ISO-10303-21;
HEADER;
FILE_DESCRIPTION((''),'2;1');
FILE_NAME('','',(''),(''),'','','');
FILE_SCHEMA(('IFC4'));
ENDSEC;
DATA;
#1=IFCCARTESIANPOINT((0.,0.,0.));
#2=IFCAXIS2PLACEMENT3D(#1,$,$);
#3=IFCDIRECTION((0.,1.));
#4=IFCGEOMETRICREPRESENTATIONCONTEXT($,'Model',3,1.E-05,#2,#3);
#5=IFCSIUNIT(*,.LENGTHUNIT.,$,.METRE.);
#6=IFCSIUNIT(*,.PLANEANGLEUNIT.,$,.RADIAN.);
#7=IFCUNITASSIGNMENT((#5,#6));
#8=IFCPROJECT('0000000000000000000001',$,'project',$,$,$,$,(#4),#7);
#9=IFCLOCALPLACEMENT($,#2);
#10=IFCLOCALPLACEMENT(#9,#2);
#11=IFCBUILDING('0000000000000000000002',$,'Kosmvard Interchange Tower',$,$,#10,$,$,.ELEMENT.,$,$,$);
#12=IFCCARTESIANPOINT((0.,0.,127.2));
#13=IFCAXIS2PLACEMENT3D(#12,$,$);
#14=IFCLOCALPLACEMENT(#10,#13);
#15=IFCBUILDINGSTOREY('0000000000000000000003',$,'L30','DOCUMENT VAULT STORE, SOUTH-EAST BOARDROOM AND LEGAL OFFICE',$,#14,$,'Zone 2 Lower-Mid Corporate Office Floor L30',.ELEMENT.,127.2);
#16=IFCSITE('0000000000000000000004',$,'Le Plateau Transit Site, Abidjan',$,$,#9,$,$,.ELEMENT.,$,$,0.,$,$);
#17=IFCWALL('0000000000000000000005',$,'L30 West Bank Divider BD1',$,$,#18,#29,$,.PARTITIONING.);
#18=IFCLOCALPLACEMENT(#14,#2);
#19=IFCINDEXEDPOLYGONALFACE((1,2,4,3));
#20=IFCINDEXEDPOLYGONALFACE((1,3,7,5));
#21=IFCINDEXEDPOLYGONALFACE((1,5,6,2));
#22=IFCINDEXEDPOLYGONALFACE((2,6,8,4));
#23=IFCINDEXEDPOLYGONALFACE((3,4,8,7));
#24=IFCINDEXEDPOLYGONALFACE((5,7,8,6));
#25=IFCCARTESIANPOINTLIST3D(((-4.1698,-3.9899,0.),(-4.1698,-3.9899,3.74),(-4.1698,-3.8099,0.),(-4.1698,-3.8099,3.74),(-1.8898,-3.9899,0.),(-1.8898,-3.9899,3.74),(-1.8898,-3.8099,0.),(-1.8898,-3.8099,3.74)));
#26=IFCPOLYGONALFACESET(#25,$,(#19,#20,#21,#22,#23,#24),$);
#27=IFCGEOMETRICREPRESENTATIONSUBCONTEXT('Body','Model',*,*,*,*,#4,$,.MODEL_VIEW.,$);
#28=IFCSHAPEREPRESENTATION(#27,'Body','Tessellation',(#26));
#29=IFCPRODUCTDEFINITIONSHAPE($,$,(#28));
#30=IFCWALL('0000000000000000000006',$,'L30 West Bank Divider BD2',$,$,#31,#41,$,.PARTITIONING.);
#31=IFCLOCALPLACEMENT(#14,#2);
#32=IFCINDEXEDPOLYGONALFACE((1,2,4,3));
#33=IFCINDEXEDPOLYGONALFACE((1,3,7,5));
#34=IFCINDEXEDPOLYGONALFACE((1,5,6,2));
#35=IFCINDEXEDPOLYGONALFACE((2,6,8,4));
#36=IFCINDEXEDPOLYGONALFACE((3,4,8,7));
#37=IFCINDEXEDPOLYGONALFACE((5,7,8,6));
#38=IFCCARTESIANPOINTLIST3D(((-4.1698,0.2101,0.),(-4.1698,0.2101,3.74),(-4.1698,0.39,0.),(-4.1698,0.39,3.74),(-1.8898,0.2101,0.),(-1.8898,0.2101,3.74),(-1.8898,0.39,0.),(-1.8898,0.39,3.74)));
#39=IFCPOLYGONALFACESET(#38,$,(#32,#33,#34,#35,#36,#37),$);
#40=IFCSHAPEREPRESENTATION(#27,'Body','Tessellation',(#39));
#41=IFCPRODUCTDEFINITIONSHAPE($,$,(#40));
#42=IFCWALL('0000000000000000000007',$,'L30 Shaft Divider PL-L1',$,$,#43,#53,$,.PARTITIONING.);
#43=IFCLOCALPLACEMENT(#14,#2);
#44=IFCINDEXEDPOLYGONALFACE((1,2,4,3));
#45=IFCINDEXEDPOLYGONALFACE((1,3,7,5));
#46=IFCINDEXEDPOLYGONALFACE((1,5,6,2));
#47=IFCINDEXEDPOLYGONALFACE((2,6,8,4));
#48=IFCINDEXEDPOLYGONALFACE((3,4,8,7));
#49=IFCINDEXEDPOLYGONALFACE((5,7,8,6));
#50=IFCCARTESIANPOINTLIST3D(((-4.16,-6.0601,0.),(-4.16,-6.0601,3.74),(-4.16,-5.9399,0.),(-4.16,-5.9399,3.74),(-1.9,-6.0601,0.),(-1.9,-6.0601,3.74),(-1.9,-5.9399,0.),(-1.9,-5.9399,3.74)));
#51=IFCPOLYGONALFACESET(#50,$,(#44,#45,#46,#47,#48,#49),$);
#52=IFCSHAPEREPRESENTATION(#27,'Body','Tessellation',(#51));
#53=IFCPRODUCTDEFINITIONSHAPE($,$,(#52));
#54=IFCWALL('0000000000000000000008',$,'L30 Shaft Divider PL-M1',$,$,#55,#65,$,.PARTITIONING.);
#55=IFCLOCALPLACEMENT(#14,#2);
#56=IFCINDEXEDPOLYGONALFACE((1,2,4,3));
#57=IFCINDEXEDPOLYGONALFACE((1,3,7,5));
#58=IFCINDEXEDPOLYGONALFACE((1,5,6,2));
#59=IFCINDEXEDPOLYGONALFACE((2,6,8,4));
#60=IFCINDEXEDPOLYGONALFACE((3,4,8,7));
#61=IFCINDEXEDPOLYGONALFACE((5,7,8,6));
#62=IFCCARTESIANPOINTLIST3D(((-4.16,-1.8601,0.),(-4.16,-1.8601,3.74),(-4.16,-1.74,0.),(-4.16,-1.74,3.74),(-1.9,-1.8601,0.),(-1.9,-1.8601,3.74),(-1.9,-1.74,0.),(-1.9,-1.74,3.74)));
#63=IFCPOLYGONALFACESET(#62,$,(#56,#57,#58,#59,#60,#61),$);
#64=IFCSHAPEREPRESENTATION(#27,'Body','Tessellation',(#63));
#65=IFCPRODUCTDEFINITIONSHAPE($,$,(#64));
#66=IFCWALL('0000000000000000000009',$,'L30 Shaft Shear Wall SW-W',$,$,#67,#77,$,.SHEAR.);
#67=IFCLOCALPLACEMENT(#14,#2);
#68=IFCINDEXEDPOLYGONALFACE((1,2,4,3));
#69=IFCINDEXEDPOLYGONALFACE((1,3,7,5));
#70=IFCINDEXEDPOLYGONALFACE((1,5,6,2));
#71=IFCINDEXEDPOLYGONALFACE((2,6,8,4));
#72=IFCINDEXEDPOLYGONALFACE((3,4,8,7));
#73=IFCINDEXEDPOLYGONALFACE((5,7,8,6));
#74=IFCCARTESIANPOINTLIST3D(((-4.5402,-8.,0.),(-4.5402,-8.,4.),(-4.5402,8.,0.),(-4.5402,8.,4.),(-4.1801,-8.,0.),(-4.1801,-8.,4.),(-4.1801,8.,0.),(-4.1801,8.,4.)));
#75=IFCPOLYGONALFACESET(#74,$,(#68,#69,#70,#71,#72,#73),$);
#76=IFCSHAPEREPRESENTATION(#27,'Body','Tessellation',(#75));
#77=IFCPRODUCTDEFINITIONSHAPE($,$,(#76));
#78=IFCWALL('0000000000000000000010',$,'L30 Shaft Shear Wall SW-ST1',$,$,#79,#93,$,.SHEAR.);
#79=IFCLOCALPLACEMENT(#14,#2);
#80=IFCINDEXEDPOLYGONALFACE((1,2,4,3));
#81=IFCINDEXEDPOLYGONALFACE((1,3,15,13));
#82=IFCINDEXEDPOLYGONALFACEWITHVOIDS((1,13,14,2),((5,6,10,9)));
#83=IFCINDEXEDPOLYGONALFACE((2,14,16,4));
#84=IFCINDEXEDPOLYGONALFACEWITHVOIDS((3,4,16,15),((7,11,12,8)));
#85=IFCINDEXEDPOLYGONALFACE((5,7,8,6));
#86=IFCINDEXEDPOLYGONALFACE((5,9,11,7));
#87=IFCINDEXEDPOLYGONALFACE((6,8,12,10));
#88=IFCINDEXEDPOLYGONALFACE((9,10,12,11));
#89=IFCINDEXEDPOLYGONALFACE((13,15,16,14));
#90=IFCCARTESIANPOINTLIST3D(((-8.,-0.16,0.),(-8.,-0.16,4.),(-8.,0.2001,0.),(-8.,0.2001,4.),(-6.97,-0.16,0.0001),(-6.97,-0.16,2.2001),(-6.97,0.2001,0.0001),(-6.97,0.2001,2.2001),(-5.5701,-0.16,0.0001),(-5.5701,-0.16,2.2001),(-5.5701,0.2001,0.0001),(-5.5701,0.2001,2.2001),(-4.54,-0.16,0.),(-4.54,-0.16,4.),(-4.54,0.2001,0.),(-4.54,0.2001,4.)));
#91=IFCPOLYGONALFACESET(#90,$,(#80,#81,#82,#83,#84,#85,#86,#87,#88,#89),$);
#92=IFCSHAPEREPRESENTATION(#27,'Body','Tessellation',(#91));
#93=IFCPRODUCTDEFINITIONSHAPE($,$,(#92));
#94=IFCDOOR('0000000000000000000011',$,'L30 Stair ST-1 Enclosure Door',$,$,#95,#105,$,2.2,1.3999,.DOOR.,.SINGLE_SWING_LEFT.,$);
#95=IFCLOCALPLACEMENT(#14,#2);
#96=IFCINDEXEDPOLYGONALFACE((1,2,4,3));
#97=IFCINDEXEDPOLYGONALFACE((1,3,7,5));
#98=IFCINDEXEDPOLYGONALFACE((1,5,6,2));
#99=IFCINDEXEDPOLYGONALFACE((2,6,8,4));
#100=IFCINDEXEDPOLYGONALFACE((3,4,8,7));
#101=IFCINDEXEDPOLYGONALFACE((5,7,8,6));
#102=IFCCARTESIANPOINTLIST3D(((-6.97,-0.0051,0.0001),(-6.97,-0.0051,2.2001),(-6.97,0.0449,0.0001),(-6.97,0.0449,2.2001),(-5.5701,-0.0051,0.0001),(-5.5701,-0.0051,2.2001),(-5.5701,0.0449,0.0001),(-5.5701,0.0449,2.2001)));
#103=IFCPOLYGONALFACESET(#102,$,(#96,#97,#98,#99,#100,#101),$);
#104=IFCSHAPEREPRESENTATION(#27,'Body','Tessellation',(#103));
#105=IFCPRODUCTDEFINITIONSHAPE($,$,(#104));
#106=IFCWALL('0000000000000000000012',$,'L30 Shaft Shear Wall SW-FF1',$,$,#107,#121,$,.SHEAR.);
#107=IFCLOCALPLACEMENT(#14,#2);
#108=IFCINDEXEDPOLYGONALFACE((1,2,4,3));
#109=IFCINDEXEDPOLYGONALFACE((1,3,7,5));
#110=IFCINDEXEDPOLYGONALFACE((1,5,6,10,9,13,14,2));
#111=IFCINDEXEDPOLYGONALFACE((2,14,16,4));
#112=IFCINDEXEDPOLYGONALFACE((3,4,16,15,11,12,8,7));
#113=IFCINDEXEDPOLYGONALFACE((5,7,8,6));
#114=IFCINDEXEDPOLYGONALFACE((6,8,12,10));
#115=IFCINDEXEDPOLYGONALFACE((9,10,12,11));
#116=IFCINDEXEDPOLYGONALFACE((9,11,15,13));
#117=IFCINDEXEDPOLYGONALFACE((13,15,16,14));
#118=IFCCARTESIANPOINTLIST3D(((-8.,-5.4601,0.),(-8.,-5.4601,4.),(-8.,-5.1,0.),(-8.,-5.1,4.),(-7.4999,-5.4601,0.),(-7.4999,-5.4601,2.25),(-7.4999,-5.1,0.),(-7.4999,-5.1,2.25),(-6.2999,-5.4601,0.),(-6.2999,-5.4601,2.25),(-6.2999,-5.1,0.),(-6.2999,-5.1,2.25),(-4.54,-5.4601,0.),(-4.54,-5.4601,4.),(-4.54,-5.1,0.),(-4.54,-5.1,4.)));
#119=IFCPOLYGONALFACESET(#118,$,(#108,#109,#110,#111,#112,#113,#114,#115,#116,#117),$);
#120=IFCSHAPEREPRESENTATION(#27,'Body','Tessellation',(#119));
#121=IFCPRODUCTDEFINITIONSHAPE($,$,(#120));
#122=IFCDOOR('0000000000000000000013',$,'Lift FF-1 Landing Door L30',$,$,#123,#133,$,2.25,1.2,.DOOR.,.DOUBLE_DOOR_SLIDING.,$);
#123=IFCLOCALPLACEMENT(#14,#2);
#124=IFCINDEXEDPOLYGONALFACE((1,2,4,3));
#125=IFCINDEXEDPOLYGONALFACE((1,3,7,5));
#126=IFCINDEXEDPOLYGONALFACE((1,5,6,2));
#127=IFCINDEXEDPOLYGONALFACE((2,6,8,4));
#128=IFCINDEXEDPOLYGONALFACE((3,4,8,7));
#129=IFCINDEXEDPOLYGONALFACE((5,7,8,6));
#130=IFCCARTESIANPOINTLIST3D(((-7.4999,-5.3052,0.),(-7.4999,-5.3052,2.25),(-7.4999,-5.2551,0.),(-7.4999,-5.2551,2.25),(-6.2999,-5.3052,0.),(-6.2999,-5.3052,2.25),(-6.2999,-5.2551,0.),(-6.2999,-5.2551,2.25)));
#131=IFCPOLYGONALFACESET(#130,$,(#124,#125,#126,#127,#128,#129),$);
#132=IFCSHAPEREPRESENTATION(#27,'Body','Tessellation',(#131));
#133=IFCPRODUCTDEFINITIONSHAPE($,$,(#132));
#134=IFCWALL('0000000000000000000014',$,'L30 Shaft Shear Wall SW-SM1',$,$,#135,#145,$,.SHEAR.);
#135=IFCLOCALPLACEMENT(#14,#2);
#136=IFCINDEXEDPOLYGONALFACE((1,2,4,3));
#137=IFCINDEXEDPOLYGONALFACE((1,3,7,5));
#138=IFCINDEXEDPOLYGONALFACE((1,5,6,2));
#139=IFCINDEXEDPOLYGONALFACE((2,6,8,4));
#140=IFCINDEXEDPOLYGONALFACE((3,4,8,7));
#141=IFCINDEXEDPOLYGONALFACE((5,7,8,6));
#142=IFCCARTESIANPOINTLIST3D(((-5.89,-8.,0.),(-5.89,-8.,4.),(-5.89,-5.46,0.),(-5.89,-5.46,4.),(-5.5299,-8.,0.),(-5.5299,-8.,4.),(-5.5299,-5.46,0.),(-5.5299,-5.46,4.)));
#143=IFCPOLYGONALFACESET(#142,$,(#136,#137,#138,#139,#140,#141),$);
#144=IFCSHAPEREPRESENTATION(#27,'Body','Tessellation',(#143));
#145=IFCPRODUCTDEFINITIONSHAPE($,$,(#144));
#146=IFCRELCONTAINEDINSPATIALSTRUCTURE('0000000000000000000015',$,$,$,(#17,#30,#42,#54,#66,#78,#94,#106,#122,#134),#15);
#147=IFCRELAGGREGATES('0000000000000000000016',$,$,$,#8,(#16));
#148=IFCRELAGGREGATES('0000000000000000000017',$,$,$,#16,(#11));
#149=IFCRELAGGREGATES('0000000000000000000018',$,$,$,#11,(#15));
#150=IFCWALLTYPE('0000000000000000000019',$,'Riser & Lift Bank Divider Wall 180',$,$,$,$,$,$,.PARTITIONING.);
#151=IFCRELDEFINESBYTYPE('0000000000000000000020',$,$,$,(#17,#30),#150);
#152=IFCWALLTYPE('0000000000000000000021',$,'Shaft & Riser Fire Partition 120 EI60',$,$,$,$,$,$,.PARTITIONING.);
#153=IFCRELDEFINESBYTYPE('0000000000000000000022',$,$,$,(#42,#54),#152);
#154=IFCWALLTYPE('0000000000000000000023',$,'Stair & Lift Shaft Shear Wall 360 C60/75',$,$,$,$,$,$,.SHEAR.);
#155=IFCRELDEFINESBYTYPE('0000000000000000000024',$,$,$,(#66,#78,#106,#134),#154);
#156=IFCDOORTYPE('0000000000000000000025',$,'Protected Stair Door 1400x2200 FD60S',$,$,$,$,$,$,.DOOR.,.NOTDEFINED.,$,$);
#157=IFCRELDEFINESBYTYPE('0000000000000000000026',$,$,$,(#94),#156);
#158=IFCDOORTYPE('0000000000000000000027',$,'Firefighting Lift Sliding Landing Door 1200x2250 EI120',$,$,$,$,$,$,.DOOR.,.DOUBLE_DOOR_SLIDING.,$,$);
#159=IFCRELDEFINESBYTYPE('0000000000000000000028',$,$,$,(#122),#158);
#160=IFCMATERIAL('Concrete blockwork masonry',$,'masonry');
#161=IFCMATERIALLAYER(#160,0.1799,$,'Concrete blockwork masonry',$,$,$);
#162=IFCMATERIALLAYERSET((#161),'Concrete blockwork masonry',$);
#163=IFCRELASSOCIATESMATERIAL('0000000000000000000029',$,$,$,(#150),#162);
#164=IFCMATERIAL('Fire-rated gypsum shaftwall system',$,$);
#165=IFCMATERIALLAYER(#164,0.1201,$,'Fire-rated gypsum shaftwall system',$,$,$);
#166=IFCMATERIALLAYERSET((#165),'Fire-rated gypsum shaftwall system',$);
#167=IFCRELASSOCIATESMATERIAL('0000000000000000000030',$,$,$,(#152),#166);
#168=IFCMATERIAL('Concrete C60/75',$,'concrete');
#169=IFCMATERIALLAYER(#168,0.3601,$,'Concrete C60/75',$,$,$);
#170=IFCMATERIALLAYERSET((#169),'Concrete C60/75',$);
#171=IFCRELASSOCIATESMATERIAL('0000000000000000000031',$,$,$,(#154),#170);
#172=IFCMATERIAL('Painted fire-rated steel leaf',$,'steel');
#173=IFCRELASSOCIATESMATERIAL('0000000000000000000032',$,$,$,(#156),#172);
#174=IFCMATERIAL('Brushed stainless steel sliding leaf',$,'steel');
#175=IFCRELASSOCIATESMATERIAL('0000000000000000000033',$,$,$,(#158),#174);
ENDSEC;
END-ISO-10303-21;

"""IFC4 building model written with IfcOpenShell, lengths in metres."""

from ifc_helpers import new_model, si_unit, direction, frame, frame_2d, origin, place, context, subcontext, project, spatial, rectangle, extrude, source, transform, mapped, material, layer, layer_set, type_object, element, fill, save


model = new_model("IFC4")

# Units and contexts
model_context = context("Model", 3, precision=1e-05, world=origin(), true_north=direction((0.0, 1.0)))
body_context = subcontext(model_context, "Body", "Model", "MODEL_VIEW")
ifc_project = project(units=[si_unit("LENGTHUNIT", "METRE"), si_unit("PLANEANGLEUNIT", "RADIAN")], contexts=[model_context])

# Site, building, storey
site_placement = place(None, origin())
site = spatial("IfcSite", under=ifc_project, at=site_placement, Name="Le Plateau Transit Site, Abidjan", CompositionType="ELEMENT", RefElevation=0.0)
building_placement = place(site_placement, origin())
building = spatial("IfcBuilding", under=site, at=building_placement, Name="Kosmvard Interchange Tower", CompositionType="ELEMENT")
storey_placement = place(building_placement, frame((0.0, 0.0, 127.2)))
storey = spatial("IfcBuildingStorey", under=building, at=storey_placement, Name="L30", Description="DOCUMENT VAULT STORE, SOUTH-EAST BOARDROOM AND LEGAL OFFICE", LongName="Zone 2 Lower-Mid Corporate Office Floor L30", CompositionType="ELEMENT", Elevation=127.2)

# Shared definitions
ifc_material_1 = material(Name="Brushed stainless steel sliding leaf", Category="steel")

# Shared definitions
ifc_material_2 = material(Name="Painted fire-rated steel leaf", Category="steel")

# Walls
ifc_material_3 = material(Name="Concrete blockwork masonry", Category="masonry")
ifc_layer_1 = layer(ifc_material_3, 0.1799, Name="Concrete blockwork masonry")
ifc_layer_set_1 = layer_set([ifc_layer_1], Name="Concrete blockwork masonry")
wall_type_1 = type_object("IfcWallType", Name="Riser & Lift Bank Divider Wall 180", PredefinedType="PARTITIONING", material=ifc_layer_set_1)
for number, where, z_axis, x_axis, name in (
    (1, (-4.1699, -3.8999, 0.0), (0.0, 0.0, 1.0), (1.0, 0.0, 0.0), "L30 West Bank Divider BD1"),
    (2, (-4.1699, 0.3, 0.0), (0.0, 0.0, 1.0), (1.0, 0.0, 0.0), "L30 West Bank Divider BD2"),
):
    element("IfcWall", number, at=place(storey_placement, frame(where, z_axis=z_axis, x_axis=x_axis)), inside=storey, type_object=wall_type_1, Name=name, PredefinedType="PARTITIONING", context=body_context, shape_type="SweptSolid", body=[
        extrude(rectangle(XDim=2.28, YDim=0.1799, at=frame_2d((1.1401, 0.0))), origin(), (0.0, 0.0, 1.0), 3.74),
    ])
ifc_material_4 = material(Name="Fire-rated gypsum shaftwall system")
ifc_layer_2 = layer(ifc_material_4, 0.1201, Name="Fire-rated gypsum shaftwall system")
ifc_layer_set_2 = layer_set([ifc_layer_2], Name="Fire-rated gypsum shaftwall system")
wall_type_2 = type_object("IfcWallType", Name="Shaft & Riser Fire Partition 120 EI60", PredefinedType="PARTITIONING", material=ifc_layer_set_2)
for number, where, z_axis, x_axis, name in (
    (3, (-4.1599, -6.0, 0.0), (0.0, 0.0, 1.0), (1.0, 0.0, 0.0), "L30 Shaft Divider PL-L1"),
    (4, (-4.1599, -1.8, 0.0), (0.0, 0.0, 1.0), (1.0, 0.0, 0.0), "L30 Shaft Divider PL-M1"),
):
    element("IfcWall", number, at=place(storey_placement, frame(where, z_axis=z_axis, x_axis=x_axis)), inside=storey, type_object=wall_type_2, Name=name, PredefinedType="PARTITIONING", context=body_context, shape_type="SweptSolid", body=[
        extrude(rectangle(XDim=2.26, YDim=0.1201, at=frame_2d((1.1299, 0.0))), origin(), (0.0, 0.0, 1.0), 3.74),
    ])
ifc_material_5 = material(Name="Concrete C60/75", Category="concrete")
ifc_layer_3 = layer(ifc_material_5, 0.3601, Name="Concrete C60/75")
ifc_layer_set_3 = layer_set([ifc_layer_3], Name="Concrete C60/75")
wall_type_3 = type_object("IfcWallType", Name="Stair & Lift Shaft Shear Wall 360 C60/75", PredefinedType="SHEAR", material=ifc_layer_set_3)
wall_1_placement = place(storey_placement, frame((-4.3601, -8.0, 0.0), z_axis=(0.0, 0.0, 1.0), x_axis=(0.0, 1.0, 0.0)))
element("IfcWall", 5, at=wall_1_placement, inside=storey, type_object=wall_type_3, Name="L30 Shaft Shear Wall SW-W", PredefinedType="SHEAR", context=body_context, shape_type="SweptSolid", body=[
    extrude(rectangle(XDim=16.0, YDim=0.3601, at=frame_2d((8.0, 0.0))), origin(), (0.0, 0.0, 1.0), 4.0),
])

# Walls, openings, doors
wall_2_placement = place(storey_placement, frame((-8.0, 0.02, 0.0), z_axis=(0.0, 0.0, 1.0), x_axis=(1.0, 0.0, 0.0)))
wall_2 = element("IfcWall", 6, at=wall_2_placement, inside=storey, type_object=wall_type_3, Name="L30 Shaft Shear Wall SW-ST1", PredefinedType="SHEAR", context=body_context, shape_type="SweptSolid", body=[
    extrude(rectangle(XDim=3.46, YDim=0.3601, at=frame_2d((1.73, 0.0))), origin(), (0.0, 0.0, 1.0), 4.0),
])
opening_1_placement = place(wall_2_placement, frame((1.03, 0.0, 0.0)))
opening_1 = element("IfcOpeningElement", 7, at=opening_1_placement, cuts=wall_2, PredefinedType="OPENING", context=body_context, shape_type="SweptSolid", body=[
    extrude(rectangle(XDim=1.3999, YDim=2.2, at=frame_2d((0.7, 1.1001))), frame((0.0, 0.1899, 0.0), z_axis=(0.0, -1.0, 0.0), x_axis=(1.0, 0.0, 0.0)), (0.0, 0.0, 1.0), 0.3801),
])
door_type_1 = type_object("IfcDoorType", Name="Protected Stair Door 1400x2200 FD60S", OperationType="NOTDEFINED", PredefinedType="DOOR", material=ifc_material_2)
shared_shape_1 = source(origin(), body_context, "Body", "SweptSolid", [
    extrude(rectangle(XDim=1.3999, YDim=2.2, at=frame_2d((0.7, 1.1001))), frame((0.0, 0.0249, 0.0), z_axis=(0.0, -1.0, 0.0), x_axis=(1.0, 0.0, 0.0)), (0.0, 0.0, 1.0), 0.05),
])
door_1_placement = place(opening_1_placement, origin())
door_1 = element("IfcDoor", 8, at=door_1_placement, inside=storey, type_object=door_type_1, Name="L30 Stair ST-1 Enclosure Door", OperationType="SINGLE_SWING_LEFT", OverallHeight=2.2, OverallWidth=1.3999, PredefinedType="DOOR", context=body_context, shape_type="MappedRepresentation", body=[
    mapped(shared_shape_1, transform((0.0, 0.0, 0.0), scale=1.0)),
])
fill(opening_1, door_1)
wall_3_placement = place(storey_placement, frame((-8.0, -5.28, 0.0), z_axis=(0.0, 0.0, 1.0), x_axis=(1.0, 0.0, 0.0)))
wall_3 = element("IfcWall", 9, at=wall_3_placement, inside=storey, type_object=wall_type_3, Name="L30 Shaft Shear Wall SW-FF1", PredefinedType="SHEAR", context=body_context, shape_type="SweptSolid", body=[
    extrude(rectangle(XDim=3.46, YDim=0.3601, at=frame_2d((1.73, 0.0))), origin(), (0.0, 0.0, 1.0), 4.0),
])
opening_2_placement = place(wall_3_placement, frame((0.5, 0.0, 0.0)))
opening_2 = element("IfcOpeningElement", 10, at=opening_2_placement, cuts=wall_3, PredefinedType="OPENING", context=body_context, shape_type="SweptSolid", body=[
    extrude(rectangle(XDim=1.2, YDim=2.25, at=frame_2d((0.6001, 1.125))), frame((0.0, 0.1899, 0.0), z_axis=(0.0, -1.0, 0.0), x_axis=(1.0, 0.0, 0.0)), (0.0, 0.0, 1.0), 0.3801),
])
door_type_2 = type_object("IfcDoorType", Name="Firefighting Lift Sliding Landing Door 1200x2250 EI120", OperationType="DOUBLE_DOOR_SLIDING", PredefinedType="DOOR", material=ifc_material_1)
shared_shape_2 = source(origin(), body_context, "Body", "SweptSolid", [
    extrude(rectangle(XDim=1.2, YDim=2.25, at=frame_2d((0.6001, 1.125))), frame((0.0, 0.0249, 0.0), z_axis=(0.0, -1.0, 0.0), x_axis=(1.0, 0.0, 0.0)), (0.0, 0.0, 1.0), 0.05),
])
door_2_placement = place(opening_2_placement, origin())
door_2 = element("IfcDoor", 11, at=door_2_placement, inside=storey, type_object=door_type_2, Name="Lift FF-1 Landing Door L30", OperationType="DOUBLE_DOOR_SLIDING", OverallHeight=2.25, OverallWidth=1.2, PredefinedType="DOOR", context=body_context, shape_type="MappedRepresentation", body=[
    mapped(shared_shape_2, transform((0.0, 0.0, 0.0), scale=1.0)),
])
fill(opening_2, door_2)

# Wall
wall_4_placement = place(storey_placement, frame((-5.71, -8.0, 0.0), z_axis=(0.0, 0.0, 1.0), x_axis=(0.0, 1.0, 0.0)))
element("IfcWall", 12, at=wall_4_placement, inside=storey, type_object=wall_type_3, Name="L30 Shaft Shear Wall SW-SM1", PredefinedType="SHEAR", context=body_context, shape_type="SweptSolid", body=[
    extrude(rectangle(XDim=2.54, YDim=0.3601, at=frame_2d((1.27, 0.0))), origin(), (0.0, 0.0, 1.0), 4.0),
])

save(model, "model.ifc")
